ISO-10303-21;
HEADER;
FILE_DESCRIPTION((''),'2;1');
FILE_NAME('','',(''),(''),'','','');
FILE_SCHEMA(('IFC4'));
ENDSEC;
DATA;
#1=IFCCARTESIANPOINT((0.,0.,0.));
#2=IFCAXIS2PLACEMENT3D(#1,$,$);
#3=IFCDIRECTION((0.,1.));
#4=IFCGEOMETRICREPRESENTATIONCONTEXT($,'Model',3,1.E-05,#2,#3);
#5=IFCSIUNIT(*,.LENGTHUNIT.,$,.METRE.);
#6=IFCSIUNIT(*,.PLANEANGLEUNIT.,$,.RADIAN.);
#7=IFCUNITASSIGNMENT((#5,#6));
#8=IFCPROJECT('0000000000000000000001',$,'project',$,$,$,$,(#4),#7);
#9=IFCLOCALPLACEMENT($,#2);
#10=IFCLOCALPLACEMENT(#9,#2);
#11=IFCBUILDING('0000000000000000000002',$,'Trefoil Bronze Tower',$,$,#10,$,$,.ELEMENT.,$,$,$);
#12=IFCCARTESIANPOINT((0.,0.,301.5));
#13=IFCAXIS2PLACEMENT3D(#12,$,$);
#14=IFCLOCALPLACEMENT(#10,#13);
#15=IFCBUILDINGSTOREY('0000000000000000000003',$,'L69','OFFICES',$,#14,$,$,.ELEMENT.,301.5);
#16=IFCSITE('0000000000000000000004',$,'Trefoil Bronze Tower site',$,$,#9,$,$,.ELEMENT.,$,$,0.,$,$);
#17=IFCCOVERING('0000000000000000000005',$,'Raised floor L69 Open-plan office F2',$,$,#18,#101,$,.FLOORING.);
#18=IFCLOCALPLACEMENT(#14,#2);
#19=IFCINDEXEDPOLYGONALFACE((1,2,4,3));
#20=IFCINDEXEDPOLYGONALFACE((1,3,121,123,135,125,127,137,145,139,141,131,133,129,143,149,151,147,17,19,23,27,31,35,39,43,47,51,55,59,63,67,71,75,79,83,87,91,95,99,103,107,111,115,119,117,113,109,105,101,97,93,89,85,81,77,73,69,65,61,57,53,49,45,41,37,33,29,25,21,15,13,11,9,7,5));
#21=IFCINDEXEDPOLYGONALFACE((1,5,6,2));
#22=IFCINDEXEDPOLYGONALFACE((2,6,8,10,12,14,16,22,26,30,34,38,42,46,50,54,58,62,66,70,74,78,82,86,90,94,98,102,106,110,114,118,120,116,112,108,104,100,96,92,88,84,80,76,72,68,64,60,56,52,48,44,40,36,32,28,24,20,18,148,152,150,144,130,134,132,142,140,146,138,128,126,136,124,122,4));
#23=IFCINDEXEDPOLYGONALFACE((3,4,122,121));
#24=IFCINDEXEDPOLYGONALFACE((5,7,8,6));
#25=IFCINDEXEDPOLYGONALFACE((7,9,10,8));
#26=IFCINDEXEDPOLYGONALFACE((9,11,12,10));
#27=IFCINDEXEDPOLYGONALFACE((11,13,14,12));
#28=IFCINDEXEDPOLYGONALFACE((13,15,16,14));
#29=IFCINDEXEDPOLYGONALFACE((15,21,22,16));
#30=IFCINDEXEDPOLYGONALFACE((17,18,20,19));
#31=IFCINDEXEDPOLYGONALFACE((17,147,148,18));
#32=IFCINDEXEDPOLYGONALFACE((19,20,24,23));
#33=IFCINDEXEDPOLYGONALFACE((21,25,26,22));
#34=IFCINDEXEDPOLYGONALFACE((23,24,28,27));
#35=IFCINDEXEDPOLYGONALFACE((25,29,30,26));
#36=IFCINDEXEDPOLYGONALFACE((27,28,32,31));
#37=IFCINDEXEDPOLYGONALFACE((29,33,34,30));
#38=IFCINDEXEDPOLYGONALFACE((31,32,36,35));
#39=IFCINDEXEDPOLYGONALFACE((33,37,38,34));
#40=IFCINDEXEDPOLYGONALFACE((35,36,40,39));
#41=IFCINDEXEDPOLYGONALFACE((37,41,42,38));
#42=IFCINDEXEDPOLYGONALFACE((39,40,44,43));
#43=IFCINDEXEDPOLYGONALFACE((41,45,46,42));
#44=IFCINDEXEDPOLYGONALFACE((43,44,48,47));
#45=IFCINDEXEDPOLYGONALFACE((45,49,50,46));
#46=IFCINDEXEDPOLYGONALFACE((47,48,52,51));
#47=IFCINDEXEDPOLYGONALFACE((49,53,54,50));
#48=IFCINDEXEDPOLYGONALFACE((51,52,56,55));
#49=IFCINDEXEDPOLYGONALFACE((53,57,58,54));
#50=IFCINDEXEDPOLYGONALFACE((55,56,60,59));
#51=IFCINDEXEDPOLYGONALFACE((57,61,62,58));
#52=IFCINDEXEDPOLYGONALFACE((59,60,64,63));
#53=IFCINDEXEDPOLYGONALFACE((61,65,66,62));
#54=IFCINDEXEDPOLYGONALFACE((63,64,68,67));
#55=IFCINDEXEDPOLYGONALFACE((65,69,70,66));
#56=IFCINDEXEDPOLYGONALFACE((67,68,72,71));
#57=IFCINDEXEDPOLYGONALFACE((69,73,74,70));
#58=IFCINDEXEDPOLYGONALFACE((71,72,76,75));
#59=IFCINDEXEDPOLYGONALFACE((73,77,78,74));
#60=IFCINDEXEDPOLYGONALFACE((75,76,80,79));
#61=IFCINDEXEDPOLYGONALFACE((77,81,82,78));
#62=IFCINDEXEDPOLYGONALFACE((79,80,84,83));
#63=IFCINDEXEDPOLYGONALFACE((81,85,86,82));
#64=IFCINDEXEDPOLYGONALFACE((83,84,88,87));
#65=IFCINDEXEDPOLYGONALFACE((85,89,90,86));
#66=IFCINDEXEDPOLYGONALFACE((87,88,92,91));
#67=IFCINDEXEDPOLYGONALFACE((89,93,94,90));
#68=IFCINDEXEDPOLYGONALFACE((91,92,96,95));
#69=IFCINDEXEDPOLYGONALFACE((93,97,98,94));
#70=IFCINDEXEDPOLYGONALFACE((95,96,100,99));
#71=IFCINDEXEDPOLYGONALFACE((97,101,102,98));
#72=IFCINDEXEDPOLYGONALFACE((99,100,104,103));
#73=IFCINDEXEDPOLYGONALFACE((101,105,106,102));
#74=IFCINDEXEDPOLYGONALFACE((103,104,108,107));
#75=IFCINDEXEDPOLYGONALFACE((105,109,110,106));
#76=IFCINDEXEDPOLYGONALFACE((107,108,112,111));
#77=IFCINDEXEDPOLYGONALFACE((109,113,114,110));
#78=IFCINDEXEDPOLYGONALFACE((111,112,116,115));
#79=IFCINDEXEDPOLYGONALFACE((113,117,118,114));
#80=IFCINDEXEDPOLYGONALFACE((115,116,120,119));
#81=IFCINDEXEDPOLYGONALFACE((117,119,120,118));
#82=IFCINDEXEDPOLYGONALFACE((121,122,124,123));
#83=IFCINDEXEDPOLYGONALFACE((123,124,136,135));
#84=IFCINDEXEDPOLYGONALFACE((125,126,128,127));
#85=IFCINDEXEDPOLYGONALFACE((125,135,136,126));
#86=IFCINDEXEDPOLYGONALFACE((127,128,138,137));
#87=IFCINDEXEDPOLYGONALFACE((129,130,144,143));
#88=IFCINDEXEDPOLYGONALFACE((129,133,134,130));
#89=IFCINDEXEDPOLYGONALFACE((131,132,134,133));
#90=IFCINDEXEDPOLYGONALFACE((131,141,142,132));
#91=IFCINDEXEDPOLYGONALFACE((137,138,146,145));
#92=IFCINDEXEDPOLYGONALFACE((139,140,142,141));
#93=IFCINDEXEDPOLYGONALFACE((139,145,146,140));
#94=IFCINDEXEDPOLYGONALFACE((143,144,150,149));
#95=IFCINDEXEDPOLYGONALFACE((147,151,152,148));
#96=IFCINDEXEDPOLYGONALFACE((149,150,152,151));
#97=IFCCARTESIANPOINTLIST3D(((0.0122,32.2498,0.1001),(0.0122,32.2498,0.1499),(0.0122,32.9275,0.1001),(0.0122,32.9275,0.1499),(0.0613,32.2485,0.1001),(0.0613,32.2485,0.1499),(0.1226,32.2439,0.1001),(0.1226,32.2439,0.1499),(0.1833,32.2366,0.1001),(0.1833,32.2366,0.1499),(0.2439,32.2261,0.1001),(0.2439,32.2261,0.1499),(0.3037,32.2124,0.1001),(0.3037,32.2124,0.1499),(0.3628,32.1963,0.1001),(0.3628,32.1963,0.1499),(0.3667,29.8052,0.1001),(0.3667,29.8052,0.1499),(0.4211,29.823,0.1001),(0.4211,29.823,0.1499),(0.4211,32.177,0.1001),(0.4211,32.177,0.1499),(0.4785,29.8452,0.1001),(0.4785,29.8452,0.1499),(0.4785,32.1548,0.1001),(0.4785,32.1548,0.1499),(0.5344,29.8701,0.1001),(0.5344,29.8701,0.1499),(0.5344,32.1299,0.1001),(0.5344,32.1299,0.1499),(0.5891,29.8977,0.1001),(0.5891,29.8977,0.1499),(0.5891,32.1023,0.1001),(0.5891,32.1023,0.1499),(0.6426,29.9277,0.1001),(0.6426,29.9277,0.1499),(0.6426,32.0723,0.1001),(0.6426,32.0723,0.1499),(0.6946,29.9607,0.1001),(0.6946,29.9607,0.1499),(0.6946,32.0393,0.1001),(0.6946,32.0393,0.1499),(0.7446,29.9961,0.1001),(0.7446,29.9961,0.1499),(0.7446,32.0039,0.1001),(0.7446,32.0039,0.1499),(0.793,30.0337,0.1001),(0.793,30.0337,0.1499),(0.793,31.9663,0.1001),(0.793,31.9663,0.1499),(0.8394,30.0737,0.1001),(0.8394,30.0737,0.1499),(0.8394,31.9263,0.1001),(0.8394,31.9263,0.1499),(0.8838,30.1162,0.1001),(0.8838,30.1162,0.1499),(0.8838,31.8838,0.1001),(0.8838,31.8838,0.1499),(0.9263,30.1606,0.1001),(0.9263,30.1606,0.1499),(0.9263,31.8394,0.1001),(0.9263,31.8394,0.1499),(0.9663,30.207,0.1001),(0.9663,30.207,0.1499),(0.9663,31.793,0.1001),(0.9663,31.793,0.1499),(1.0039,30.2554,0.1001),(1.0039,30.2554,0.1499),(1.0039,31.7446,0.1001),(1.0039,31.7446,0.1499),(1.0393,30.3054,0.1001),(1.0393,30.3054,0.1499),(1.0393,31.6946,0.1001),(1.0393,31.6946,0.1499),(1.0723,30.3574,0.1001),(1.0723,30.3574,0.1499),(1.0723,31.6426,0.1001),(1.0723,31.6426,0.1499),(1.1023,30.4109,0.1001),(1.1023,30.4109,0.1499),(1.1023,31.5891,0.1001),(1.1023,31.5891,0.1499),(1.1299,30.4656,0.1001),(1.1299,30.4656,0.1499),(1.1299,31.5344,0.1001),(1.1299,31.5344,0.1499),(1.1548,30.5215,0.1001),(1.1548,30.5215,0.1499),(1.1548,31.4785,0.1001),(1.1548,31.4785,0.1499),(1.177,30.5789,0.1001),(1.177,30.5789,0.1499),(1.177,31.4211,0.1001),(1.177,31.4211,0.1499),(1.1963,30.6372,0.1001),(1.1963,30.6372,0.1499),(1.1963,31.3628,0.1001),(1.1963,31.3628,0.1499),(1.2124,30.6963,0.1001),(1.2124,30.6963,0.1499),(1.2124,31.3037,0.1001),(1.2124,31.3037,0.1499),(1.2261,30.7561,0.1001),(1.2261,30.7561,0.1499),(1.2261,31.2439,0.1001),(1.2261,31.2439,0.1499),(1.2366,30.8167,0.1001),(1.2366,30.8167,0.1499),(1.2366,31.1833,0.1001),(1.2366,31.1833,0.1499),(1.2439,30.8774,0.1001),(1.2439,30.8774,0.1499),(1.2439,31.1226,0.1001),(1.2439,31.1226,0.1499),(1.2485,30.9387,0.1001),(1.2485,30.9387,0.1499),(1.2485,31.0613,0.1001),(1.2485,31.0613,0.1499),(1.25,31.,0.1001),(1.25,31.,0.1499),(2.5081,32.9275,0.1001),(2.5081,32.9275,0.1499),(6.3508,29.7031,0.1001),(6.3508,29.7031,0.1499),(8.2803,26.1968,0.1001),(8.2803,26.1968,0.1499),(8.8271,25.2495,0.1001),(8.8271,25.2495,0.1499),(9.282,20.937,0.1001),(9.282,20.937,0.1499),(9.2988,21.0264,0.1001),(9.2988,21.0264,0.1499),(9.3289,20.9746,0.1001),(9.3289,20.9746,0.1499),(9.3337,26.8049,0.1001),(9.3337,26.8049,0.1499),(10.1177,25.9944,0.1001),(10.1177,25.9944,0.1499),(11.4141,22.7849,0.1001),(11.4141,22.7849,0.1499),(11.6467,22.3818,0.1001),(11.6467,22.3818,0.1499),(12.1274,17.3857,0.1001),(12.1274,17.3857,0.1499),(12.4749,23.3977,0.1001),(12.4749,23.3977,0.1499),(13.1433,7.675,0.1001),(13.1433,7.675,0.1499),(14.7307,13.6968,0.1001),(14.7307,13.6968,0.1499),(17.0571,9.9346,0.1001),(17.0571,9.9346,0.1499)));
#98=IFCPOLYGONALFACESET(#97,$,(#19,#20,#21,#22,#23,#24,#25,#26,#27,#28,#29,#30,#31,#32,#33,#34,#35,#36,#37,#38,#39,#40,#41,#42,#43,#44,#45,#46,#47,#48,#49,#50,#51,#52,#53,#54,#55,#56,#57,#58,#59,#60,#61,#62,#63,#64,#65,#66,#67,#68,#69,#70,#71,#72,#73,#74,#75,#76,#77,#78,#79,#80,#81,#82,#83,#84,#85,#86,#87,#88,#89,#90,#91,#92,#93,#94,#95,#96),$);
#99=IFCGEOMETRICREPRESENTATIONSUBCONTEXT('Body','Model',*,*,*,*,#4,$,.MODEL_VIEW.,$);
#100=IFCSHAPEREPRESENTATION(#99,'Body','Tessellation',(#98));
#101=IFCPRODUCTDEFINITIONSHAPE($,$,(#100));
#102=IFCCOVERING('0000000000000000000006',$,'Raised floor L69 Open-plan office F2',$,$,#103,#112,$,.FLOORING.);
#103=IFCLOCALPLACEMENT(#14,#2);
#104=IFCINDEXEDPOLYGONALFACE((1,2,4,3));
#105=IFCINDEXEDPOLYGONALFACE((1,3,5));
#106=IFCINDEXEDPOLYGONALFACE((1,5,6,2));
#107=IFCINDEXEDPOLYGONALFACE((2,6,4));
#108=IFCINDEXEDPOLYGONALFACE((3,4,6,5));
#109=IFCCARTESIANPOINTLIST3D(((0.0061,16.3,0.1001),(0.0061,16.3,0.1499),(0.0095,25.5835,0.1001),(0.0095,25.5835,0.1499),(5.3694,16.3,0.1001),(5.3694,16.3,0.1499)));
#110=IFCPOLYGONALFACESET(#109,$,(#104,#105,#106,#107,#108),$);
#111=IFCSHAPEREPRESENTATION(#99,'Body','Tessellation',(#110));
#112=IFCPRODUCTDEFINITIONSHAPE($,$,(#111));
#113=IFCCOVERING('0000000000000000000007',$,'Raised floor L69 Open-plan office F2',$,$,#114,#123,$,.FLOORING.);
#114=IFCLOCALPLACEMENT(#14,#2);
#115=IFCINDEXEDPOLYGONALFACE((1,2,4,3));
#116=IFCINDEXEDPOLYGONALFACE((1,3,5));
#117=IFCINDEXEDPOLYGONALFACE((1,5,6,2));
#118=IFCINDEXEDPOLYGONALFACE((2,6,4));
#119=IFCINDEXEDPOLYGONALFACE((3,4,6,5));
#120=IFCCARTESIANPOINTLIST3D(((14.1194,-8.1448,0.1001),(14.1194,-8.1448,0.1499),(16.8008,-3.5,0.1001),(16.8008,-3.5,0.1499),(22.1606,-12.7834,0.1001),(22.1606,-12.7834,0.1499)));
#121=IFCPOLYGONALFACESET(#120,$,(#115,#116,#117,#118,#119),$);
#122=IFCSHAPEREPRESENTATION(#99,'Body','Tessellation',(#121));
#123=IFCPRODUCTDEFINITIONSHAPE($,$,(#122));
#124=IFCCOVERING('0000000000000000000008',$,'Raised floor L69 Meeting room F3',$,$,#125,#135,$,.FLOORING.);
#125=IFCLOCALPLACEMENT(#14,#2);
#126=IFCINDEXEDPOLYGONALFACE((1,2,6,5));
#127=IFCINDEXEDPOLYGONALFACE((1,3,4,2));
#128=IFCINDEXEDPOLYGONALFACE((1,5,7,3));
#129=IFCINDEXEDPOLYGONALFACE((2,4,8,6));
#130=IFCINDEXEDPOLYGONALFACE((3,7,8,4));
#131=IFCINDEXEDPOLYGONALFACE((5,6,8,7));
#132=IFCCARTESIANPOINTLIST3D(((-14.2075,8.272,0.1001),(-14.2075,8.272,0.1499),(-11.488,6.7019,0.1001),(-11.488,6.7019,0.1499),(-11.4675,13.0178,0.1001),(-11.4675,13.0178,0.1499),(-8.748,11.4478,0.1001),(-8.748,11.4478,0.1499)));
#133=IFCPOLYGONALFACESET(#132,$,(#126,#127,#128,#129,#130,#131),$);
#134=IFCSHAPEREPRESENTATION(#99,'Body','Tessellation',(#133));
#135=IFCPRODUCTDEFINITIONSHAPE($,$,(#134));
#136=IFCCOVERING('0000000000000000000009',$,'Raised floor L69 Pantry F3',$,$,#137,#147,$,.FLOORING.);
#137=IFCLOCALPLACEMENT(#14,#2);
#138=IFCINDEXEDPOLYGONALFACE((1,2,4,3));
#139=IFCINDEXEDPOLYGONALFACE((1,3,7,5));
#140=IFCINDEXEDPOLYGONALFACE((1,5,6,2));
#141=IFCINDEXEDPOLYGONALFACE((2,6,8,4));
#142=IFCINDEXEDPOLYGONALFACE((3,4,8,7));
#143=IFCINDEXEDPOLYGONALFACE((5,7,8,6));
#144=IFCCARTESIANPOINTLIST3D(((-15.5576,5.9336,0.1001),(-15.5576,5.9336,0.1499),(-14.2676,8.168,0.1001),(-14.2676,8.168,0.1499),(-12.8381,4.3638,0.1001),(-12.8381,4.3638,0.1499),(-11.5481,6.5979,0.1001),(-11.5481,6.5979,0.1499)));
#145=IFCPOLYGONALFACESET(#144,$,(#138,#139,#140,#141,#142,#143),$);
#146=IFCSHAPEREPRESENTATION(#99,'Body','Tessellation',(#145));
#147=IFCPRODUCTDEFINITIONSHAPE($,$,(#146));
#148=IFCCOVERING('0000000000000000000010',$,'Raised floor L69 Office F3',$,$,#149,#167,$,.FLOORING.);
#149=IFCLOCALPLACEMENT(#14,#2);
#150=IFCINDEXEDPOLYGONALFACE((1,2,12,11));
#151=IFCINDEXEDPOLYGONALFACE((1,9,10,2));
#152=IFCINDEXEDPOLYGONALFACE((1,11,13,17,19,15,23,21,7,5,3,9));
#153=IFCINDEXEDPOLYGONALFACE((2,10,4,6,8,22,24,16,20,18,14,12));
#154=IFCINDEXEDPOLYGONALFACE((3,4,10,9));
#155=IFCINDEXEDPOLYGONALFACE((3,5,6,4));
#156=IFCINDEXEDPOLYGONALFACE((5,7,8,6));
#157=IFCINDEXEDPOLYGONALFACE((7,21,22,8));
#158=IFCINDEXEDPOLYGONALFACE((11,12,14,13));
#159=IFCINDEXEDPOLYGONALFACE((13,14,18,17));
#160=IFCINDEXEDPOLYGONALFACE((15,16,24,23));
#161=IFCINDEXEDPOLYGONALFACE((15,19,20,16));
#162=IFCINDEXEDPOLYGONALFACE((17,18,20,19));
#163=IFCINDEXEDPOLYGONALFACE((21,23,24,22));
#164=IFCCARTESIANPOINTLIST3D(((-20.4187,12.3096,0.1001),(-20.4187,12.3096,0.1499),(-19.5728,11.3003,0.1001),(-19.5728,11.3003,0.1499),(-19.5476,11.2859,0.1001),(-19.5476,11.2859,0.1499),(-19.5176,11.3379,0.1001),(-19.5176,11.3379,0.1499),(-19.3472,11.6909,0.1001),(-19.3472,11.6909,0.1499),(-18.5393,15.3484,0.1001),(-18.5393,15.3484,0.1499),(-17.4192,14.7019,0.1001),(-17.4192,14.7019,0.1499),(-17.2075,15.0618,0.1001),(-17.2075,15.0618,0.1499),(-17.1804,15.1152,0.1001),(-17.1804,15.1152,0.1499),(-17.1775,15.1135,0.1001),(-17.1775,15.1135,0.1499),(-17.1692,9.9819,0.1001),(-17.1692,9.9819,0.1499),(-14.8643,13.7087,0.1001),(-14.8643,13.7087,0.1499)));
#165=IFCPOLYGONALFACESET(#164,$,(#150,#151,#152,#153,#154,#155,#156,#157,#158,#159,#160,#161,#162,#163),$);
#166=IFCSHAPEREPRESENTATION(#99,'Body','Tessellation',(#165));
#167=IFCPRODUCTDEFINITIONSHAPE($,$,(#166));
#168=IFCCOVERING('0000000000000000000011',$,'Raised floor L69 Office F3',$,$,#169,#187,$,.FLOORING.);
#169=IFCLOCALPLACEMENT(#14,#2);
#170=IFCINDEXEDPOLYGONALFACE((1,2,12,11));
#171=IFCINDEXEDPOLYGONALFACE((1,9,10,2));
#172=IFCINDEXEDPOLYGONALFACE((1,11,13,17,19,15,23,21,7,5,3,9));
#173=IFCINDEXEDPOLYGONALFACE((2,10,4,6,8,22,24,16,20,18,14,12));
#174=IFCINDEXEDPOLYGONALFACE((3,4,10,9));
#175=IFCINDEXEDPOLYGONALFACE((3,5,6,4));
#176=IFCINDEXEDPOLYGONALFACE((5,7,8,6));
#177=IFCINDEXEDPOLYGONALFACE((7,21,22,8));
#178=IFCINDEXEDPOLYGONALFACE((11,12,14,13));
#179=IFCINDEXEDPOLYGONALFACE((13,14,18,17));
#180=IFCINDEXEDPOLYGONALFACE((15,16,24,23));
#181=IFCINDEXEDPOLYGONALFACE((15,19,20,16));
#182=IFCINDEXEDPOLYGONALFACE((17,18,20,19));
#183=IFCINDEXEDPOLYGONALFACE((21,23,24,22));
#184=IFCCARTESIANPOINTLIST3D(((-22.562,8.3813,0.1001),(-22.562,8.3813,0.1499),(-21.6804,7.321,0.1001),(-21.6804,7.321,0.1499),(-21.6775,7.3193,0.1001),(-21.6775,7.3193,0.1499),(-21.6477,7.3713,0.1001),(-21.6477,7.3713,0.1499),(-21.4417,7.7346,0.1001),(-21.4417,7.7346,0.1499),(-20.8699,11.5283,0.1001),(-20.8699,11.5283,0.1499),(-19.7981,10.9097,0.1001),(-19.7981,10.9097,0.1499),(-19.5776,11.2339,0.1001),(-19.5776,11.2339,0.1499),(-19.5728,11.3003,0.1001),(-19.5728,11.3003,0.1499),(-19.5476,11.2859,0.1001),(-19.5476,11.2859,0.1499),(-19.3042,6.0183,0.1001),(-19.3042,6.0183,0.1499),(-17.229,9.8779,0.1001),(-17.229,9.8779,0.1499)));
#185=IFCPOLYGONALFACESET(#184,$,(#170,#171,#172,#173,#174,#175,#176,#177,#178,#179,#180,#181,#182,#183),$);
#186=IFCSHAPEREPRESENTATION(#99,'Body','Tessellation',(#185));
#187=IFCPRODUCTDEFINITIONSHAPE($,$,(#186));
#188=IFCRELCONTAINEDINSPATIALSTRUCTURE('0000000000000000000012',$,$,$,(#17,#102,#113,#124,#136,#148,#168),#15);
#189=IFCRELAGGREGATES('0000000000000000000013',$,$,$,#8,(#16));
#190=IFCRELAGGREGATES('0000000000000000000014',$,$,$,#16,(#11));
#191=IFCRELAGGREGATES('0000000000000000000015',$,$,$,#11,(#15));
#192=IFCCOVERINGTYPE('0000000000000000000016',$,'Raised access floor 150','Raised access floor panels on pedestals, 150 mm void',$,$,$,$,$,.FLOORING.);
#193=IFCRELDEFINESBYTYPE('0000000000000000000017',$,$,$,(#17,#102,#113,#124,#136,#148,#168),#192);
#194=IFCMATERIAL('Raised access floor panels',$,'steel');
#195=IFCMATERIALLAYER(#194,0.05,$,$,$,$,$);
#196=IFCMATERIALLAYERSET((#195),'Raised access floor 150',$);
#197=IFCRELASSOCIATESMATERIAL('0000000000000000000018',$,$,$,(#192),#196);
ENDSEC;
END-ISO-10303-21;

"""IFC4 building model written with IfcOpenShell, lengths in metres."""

from ifc_helpers import new_model, si_unit, direction, frame, origin, place, context, subcontext, project, spatial, polyline, outline, extrude, material, layer, layer_set, type_object, element, save


model = new_model("IFC4")

# Units and contexts
model_context = context("Model", 3, precision=1e-05, world=origin(), true_north=direction((0.0, 1.0)))
body_context = subcontext(model_context, "Body", "Model", "MODEL_VIEW")
ifc_project = project(units=[si_unit("LENGTHUNIT", "METRE"), si_unit("PLANEANGLEUNIT", "RADIAN")], contexts=[model_context])

# Site, building, storey
site_placement = place(None, origin())
site = spatial("IfcSite", under=ifc_project, at=site_placement, Name="Trefoil Bronze Tower site", CompositionType="ELEMENT", RefElevation=0.0)
building_placement = place(site_placement, origin())
building = spatial("IfcBuilding", under=site, at=building_placement, Name="Trefoil Bronze Tower", CompositionType="ELEMENT")
storey_placement = place(building_placement, frame((0.0, 0.0, 301.5)))
storey = spatial("IfcBuildingStorey", under=building, at=storey_placement, Name="L69", Description="OFFICES", CompositionType="ELEMENT", Elevation=301.5)

# Coverings
ifc_material_1 = material(Name="Raised access floor panels", Category="steel")
ifc_layer_1 = layer(ifc_material_1, 0.05)
ifc_layer_set_1 = layer_set([ifc_layer_1], Name="Raised access floor 150")
covering_type_1 = type_object("IfcCoveringType", Name="Raised access floor 150", Description="Raised access floor panels on pedestals, 150 mm void", PredefinedType="FLOORING", material=ifc_layer_set_1)
covering_1_placement = place(storey_placement, frame((0.0, 0.0, 0.1001)))
element("IfcCovering", 1, at=covering_1_placement, inside=storey, type_object=covering_type_1, Name="Raised floor L69 Open-plan office F2", PredefinedType="FLOORING", context=body_context, shape_type="SweptSolid", body=[
    extrude(outline(polyline([(0.0122, 32.2498), (0.0122, 32.9275), (2.5081, 32.9275), (6.3508, 29.7031), (9.3337, 26.8049), (8.2803, 26.1968), (8.8271, 25.2495), (10.1177, 25.9944), (12.4749, 23.3977), (11.4141, 22.7849), (11.6467, 22.3818), (9.2988, 21.0264), (9.3289, 20.9746), (9.282, 20.937), (12.1274, 17.3857), (14.7307, 13.6968), (17.0571, 9.9346), (13.1433, 7.675), (0.3667, 29.8052), (0.4211, 29.823), (0.4785, 29.8452), (0.5344, 29.8701), (0.5891, 29.8977), (0.6426, 29.9277), (0.6946, 29.9607), (0.7446, 29.9961), (0.793, 30.0337), (0.8394, 30.0737), (0.8838, 30.1162), (0.9263, 30.1606), (0.9663, 30.207), (1.0039, 30.2554), (1.0393, 30.3054), (1.0723, 30.3574), (1.1023, 30.4109), (1.1299, 30.4656), (1.1548, 30.5215), (1.177, 30.5789), (1.1963, 30.6372), (1.2124, 30.6963), (1.2261, 30.7561), (1.2366, 30.8167), (1.2439, 30.8774), (1.2485, 30.9387), (1.25, 31.0), (1.2485, 31.0613), (1.2439, 31.1226), (1.2366, 31.1833), (1.2261, 31.2439), (1.2124, 31.3037), (1.1963, 31.3628), (1.177, 31.4211), (1.1548, 31.4785), (1.1299, 31.5344), (1.1023, 31.5891), (1.0723, 31.6426), (1.0393, 31.6946), (1.0039, 31.7446), (0.9663, 31.793), (0.9263, 31.8394), (0.8838, 31.8838), (0.8394, 31.9263), (0.793, 31.9663), (0.7446, 32.0039), (0.6946, 32.0393), (0.6426, 32.0723), (0.5891, 32.1023), (0.5344, 32.1299), (0.4785, 32.1548), (0.4211, 32.177), (0.3628, 32.1963), (0.3037, 32.2124), (0.2439, 32.2261), (0.1833, 32.2366), (0.1226, 32.2439), (0.0613, 32.2485), (0.0122, 32.2498)])), origin(), (0.0, 0.0, 1.0), 0.0498),
])
covering_2_placement = place(storey_placement, frame((0.0, 0.0, 0.1001)))
element("IfcCovering", 2, at=covering_2_placement, inside=storey, type_object=covering_type_1, Name="Raised floor L69 Open-plan office F2", PredefinedType="FLOORING", context=body_context, shape_type="SweptSolid", body=[
    extrude(outline(polyline([(0.0095, 25.5835), (5.3694, 16.3), (0.0061, 16.3), (0.0095, 25.5835)])), origin(), (0.0, 0.0, 1.0), 0.0498),
])
covering_3_placement = place(storey_placement, frame((0.0, 0.0, 0.1001)))
element("IfcCovering", 3, at=covering_3_placement, inside=storey, type_object=covering_type_1, Name="Raised floor L69 Open-plan office F2", PredefinedType="FLOORING", context=body_context, shape_type="SweptSolid", body=[
    extrude(outline(polyline([(22.1606, -12.7834), (14.1194, -8.1448), (16.8008, -3.5), (22.1606, -12.7834)])), origin(), (0.0, 0.0, 1.0), 0.0498),
])
covering_4_placement = place(storey_placement, frame((0.0, 0.0, 0.1001)))
element("IfcCovering", 4, at=covering_4_placement, inside=storey, type_object=covering_type_1, Name="Raised floor L69 Meeting room F3", PredefinedType="FLOORING", context=body_context, shape_type="SweptSolid", body=[
    extrude(outline(polyline([(-11.488, 6.7019), (-14.2075, 8.272), (-11.4675, 13.0178), (-8.748, 11.4478), (-11.488, 6.7019)])), origin(), (0.0, 0.0, 1.0), 0.0498),
])
covering_5_placement = place(storey_placement, frame((0.0, 0.0, 0.1001)))
element("IfcCovering", 5, at=covering_5_placement, inside=storey, type_object=covering_type_1, Name="Raised floor L69 Pantry F3", PredefinedType="FLOORING", context=body_context, shape_type="SweptSolid", body=[
    extrude(outline(polyline([(-12.8381, 4.3638), (-15.5576, 5.9336), (-14.2676, 8.168), (-11.5481, 6.5979), (-12.8381, 4.3638)])), origin(), (0.0, 0.0, 1.0), 0.0498),
])
covering_6_placement = place(storey_placement, frame((0.0, 0.0, 0.1001)))
element("IfcCovering", 6, at=covering_6_placement, inside=storey, type_object=covering_type_1, Name="Raised floor L69 Office F3", PredefinedType="FLOORING", context=body_context, shape_type="SweptSolid", body=[
    extrude(outline(polyline([(-17.1775, 15.1135), (-17.2075, 15.0618), (-14.8643, 13.7087), (-17.1692, 9.9819), (-19.5176, 11.3379), (-19.5476, 11.2859), (-19.5728, 11.3003), (-19.3472, 11.6909), (-20.4187, 12.3096), (-18.5393, 15.3484), (-17.4192, 14.7019), (-17.1804, 15.1152), (-17.1775, 15.1135)])), origin(), (0.0, 0.0, 1.0), 0.0498),
])
covering_7_placement = place(storey_placement, frame((0.0, 0.0, 0.1001)))
element("IfcCovering", 7, at=covering_7_placement, inside=storey, type_object=covering_type_1, Name="Raised floor L69 Office F3", PredefinedType="FLOORING", context=body_context, shape_type="SweptSolid", body=[
    extrude(outline(polyline([(-19.5476, 11.2859), (-19.5776, 11.2339), (-17.229, 9.8779), (-19.3042, 6.0183), (-21.6477, 7.3713), (-21.6775, 7.3193), (-21.6804, 7.321), (-21.4417, 7.7346), (-22.562, 8.3813), (-20.8699, 11.5283), (-19.7981, 10.9097), (-19.5728, 11.3003), (-19.5476, 11.2859)])), origin(), (0.0, 0.0, 1.0), 0.0498),
])

save(model, "model.ifc")
